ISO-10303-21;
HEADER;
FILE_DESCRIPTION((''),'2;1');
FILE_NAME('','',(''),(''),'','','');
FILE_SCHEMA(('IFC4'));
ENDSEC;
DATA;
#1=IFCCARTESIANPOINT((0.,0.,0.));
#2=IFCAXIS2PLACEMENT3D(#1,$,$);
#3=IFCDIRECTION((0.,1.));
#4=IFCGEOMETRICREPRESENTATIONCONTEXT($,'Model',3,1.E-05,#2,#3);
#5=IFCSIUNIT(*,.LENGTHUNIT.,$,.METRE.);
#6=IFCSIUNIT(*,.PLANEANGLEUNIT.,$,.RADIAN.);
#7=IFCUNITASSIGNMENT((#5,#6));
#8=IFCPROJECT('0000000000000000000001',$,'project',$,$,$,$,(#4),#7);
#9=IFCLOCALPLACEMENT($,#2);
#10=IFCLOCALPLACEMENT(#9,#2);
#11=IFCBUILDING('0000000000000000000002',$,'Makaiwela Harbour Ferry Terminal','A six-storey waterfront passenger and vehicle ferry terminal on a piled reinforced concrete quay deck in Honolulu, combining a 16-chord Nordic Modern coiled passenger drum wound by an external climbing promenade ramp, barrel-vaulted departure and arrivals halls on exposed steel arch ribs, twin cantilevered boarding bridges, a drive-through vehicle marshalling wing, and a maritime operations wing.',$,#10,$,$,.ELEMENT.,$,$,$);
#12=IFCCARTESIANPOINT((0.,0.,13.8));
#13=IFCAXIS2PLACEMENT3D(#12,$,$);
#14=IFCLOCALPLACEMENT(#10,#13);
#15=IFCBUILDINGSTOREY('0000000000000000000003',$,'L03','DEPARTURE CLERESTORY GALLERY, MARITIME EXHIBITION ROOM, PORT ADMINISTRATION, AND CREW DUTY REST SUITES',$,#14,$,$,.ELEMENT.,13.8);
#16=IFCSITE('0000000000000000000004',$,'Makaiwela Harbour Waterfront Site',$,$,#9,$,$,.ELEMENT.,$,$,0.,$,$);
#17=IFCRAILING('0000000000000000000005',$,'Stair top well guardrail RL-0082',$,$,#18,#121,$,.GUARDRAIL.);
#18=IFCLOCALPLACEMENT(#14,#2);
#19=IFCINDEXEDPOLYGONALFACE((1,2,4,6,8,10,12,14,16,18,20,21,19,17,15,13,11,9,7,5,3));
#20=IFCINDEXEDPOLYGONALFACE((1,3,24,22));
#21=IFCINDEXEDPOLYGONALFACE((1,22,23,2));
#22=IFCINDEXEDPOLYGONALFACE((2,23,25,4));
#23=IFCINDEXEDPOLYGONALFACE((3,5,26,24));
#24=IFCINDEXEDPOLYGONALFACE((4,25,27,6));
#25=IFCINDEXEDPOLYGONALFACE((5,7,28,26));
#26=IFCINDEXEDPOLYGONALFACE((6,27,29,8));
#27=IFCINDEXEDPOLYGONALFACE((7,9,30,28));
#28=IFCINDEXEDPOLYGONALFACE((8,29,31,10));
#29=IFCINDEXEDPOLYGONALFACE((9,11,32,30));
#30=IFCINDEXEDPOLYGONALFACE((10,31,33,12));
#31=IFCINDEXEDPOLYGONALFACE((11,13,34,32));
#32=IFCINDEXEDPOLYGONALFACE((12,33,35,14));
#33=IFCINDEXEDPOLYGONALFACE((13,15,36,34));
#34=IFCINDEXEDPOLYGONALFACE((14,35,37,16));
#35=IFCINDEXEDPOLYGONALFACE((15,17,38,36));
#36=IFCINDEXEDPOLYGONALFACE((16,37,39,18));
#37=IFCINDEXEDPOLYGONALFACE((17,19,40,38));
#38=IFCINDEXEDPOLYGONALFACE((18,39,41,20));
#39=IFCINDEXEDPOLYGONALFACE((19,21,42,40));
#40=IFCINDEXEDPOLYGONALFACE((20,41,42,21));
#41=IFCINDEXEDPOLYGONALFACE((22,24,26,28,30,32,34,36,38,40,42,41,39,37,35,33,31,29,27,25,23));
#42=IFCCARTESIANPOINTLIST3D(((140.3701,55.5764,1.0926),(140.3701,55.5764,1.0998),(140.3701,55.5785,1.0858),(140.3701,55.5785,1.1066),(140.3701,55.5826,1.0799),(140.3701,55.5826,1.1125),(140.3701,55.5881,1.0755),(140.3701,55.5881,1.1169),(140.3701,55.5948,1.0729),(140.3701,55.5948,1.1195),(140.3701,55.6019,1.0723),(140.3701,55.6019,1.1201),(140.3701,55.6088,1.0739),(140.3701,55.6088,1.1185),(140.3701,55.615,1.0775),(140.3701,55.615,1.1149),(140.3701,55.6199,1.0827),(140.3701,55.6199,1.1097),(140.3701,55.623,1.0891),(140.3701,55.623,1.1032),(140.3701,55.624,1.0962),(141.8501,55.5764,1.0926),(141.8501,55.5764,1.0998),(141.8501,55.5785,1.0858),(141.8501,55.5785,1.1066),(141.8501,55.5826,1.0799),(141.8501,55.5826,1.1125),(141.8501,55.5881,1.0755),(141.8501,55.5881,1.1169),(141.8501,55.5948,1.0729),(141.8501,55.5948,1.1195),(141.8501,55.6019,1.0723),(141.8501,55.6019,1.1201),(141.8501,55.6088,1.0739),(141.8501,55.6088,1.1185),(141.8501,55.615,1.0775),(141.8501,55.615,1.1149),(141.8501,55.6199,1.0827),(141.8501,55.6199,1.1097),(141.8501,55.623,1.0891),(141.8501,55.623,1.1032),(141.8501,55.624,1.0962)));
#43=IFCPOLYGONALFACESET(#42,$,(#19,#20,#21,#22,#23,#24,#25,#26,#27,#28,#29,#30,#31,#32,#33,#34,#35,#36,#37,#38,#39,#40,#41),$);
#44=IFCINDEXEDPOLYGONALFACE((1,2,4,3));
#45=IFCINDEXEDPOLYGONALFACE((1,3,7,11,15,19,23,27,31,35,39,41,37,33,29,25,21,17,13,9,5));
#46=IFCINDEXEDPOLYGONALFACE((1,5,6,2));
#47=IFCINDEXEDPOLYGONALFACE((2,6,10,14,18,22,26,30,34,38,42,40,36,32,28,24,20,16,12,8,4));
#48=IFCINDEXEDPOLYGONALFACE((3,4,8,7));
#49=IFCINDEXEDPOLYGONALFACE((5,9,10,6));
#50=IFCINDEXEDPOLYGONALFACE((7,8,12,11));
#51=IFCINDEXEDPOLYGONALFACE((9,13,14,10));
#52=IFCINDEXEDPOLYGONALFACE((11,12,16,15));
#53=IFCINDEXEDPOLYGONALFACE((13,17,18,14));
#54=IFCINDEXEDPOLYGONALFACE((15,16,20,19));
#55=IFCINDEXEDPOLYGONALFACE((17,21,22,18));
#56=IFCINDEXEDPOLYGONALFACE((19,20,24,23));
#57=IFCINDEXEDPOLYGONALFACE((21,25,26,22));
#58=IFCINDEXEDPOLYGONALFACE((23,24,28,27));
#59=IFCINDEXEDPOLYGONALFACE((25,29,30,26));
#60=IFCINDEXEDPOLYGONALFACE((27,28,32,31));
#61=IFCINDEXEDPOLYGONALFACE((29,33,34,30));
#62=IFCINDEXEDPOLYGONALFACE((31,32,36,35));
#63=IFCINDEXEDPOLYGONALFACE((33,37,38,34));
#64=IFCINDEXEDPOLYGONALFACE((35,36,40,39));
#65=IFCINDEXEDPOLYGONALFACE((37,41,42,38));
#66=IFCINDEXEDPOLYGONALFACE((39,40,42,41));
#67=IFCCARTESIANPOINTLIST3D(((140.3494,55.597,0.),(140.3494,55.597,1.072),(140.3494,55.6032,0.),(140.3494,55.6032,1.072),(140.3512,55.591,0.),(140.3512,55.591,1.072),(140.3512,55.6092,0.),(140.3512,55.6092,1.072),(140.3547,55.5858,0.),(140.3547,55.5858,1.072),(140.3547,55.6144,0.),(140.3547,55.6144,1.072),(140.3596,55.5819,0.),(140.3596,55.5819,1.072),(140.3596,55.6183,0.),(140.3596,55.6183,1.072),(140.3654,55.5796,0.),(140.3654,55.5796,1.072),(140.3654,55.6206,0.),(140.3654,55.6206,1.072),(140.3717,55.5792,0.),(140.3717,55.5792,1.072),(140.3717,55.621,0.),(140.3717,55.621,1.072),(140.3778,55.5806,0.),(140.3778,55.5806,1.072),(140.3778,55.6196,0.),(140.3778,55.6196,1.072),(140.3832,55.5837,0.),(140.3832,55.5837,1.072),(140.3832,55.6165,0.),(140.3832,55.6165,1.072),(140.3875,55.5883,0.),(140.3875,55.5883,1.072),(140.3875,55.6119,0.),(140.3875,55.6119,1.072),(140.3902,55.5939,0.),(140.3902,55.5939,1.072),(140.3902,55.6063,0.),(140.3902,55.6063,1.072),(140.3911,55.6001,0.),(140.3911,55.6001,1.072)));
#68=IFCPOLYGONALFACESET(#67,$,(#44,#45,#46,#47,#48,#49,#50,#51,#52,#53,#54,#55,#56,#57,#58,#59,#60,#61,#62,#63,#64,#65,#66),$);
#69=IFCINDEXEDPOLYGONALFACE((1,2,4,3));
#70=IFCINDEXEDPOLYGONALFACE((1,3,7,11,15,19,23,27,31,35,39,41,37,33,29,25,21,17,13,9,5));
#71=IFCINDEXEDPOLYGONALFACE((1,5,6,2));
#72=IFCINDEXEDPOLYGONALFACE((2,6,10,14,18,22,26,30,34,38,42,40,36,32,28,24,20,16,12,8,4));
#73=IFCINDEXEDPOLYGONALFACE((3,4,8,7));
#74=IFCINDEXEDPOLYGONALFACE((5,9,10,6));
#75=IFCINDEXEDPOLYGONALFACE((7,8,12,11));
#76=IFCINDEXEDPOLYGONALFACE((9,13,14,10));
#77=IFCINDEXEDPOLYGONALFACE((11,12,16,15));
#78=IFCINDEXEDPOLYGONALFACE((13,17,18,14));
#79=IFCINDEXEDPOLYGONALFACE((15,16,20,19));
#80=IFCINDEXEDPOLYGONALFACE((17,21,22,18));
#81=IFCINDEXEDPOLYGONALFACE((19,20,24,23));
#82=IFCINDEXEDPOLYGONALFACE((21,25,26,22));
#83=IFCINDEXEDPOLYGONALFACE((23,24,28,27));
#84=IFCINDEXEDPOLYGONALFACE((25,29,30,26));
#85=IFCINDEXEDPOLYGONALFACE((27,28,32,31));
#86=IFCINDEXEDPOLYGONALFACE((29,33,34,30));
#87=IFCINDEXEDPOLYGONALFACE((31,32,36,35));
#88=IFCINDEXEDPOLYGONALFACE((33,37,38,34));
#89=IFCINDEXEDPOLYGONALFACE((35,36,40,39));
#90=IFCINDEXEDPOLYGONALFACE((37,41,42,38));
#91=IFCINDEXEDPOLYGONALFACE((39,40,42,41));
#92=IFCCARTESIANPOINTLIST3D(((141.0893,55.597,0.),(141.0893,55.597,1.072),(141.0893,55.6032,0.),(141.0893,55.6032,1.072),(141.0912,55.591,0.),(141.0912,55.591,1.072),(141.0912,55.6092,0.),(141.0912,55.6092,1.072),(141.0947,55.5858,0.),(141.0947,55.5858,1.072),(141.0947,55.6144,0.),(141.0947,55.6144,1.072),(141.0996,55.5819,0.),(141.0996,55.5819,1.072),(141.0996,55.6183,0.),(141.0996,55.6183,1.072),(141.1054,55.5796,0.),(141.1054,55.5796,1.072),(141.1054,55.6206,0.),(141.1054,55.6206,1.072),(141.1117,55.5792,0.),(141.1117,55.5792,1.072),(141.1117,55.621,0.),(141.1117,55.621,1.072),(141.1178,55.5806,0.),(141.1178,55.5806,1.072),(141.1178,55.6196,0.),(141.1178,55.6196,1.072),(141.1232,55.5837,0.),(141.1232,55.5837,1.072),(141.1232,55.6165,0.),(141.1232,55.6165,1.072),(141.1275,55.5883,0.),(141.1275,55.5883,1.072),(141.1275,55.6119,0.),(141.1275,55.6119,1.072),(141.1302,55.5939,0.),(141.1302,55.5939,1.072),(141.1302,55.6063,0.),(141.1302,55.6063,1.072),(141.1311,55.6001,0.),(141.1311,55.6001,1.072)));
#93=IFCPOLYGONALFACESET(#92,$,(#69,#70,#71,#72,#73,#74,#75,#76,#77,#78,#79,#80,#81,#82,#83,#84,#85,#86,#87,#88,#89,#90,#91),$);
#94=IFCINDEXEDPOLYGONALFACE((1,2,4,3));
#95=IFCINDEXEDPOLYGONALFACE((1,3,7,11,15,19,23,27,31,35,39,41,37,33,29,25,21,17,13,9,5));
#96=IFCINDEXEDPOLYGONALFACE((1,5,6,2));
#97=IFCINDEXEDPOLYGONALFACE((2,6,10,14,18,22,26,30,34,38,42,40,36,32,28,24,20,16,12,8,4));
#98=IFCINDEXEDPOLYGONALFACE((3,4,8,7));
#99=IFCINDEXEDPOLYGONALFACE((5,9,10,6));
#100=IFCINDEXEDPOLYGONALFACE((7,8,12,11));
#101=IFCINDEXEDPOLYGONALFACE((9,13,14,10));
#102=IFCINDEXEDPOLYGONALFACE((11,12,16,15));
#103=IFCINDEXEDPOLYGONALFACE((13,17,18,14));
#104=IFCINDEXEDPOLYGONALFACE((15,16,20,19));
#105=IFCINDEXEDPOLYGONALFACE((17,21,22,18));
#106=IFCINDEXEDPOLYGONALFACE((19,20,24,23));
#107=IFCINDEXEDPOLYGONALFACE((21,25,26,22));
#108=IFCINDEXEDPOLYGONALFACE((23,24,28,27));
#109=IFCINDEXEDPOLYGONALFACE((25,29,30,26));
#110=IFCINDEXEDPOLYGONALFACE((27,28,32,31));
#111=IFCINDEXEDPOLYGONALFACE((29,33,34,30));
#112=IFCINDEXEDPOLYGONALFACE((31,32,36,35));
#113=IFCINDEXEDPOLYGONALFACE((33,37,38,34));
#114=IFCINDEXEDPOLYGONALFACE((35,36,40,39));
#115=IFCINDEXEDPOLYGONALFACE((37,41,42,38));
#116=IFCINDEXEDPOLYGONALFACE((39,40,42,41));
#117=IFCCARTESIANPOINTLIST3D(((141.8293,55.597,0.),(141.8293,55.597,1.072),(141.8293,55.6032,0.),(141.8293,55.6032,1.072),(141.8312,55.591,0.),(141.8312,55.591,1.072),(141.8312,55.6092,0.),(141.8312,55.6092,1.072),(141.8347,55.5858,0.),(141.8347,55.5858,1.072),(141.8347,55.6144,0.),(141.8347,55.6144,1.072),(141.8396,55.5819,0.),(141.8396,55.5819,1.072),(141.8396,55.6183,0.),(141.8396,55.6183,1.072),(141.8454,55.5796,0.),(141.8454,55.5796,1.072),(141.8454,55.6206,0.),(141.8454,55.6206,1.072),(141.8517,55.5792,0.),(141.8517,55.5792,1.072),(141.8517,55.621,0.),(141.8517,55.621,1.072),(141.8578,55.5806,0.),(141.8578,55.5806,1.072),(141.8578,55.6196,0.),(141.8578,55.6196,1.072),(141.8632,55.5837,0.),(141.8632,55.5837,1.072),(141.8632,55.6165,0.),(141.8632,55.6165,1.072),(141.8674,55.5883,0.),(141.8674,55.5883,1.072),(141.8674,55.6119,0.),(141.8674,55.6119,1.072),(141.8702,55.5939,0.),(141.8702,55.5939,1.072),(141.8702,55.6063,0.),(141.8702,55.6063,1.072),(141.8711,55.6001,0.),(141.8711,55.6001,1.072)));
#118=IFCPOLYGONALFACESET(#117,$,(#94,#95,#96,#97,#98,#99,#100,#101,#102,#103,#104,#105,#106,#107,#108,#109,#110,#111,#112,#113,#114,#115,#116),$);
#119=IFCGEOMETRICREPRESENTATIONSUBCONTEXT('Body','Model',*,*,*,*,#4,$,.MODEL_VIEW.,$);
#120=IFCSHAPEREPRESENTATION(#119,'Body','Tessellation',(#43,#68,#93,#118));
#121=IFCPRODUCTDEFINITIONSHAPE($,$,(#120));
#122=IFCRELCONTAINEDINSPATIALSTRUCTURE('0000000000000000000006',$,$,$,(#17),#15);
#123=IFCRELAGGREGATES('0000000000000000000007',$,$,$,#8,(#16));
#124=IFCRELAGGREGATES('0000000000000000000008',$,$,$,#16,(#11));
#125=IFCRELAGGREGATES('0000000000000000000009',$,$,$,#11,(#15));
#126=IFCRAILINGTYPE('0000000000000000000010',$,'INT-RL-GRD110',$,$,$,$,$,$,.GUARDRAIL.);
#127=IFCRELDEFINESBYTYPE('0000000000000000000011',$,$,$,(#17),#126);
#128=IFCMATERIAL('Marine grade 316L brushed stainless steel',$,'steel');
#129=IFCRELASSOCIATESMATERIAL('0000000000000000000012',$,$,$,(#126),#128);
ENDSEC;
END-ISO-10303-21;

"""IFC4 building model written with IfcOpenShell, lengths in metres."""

from ifc_helpers import new_model, si_unit, direction, frame, origin, origin_2d, place, context, subcontext, project, spatial, circle, extrude, material, type_object, element, save


model = new_model("IFC4")

# Units and contexts
model_context = context("Model", 3, precision=1e-05, world=origin(), true_north=direction((0.0, 1.0)))
body_context = subcontext(model_context, "Body", "Model", "MODEL_VIEW")
ifc_project = project(units=[si_unit("LENGTHUNIT", "METRE"), si_unit("PLANEANGLEUNIT", "RADIAN")], contexts=[model_context])

# Site, building, storey
site_placement = place(None, origin())
site = spatial("IfcSite", under=ifc_project, at=site_placement, Name="Makaiwela Harbour Waterfront Site", CompositionType="ELEMENT", RefElevation=0.0)
building_placement = place(site_placement, origin())
building = spatial("IfcBuilding", under=site, at=building_placement, Name="Makaiwela Harbour Ferry Terminal", Description="A six-storey waterfront passenger and vehicle ferry terminal on a piled reinforced concrete quay deck in Honolulu, combining a 16-chord Nordic Modern coiled passenger drum wound by an external climbing promenade ramp, barrel-vaulted departure and arrivals halls on exposed steel arch ribs, twin cantilevered boarding bridges, a drive-through vehicle marshalling wing, and a maritime operations wing.", CompositionType="ELEMENT")
storey_placement = place(building_placement, frame((0.0, 0.0, 13.8)))
storey = spatial("IfcBuildingStorey", under=building, at=storey_placement, Name="L03", Description="DEPARTURE CLERESTORY GALLERY, MARITIME EXHIBITION ROOM, PORT ADMINISTRATION, AND CREW DUTY REST SUITES", CompositionType="ELEMENT", Elevation=13.8)

# Shared definitions
ifc_material_1 = material(Name="Marine grade 316L brushed stainless steel", Category="steel")

# Railing
railing_type = type_object("IfcRailingType", Name="INT-RL-GRD110", PredefinedType="GUARDRAIL", material=ifc_material_1)
railing_placement = place(storey_placement, frame((140.3701, 55.6001, 0.0)))
element("IfcRailing", 1, at=railing_placement, inside=storey, type_object=railing_type, Name="Stair top well guardrail RL-0082", PredefinedType="GUARDRAIL", context=body_context, shape_type="SweptSolid", body=[
    extrude(circle(Radius=0.0239, at=origin_2d()), frame((0.0, 0.0, 1.0962), z_axis=(1.0, 0.0, 0.0), x_axis=(0.0, 1.0, 0.0)), (0.0, 0.0, 1.0), 1.48),
    extrude(circle(Radius=0.021, at=origin_2d()), origin(), (0.0, 0.0, 1.0), 1.072),
    extrude(circle(Radius=0.021, at=origin_2d()), frame((0.74, 0.0, 0.0)), (0.0, 0.0, 1.0), 1.072),
    extrude(circle(Radius=0.021, at=origin_2d()), frame((1.48, 0.0, 0.0)), (0.0, 0.0, 1.0), 1.072),
])

save(model, "model.ifc")
